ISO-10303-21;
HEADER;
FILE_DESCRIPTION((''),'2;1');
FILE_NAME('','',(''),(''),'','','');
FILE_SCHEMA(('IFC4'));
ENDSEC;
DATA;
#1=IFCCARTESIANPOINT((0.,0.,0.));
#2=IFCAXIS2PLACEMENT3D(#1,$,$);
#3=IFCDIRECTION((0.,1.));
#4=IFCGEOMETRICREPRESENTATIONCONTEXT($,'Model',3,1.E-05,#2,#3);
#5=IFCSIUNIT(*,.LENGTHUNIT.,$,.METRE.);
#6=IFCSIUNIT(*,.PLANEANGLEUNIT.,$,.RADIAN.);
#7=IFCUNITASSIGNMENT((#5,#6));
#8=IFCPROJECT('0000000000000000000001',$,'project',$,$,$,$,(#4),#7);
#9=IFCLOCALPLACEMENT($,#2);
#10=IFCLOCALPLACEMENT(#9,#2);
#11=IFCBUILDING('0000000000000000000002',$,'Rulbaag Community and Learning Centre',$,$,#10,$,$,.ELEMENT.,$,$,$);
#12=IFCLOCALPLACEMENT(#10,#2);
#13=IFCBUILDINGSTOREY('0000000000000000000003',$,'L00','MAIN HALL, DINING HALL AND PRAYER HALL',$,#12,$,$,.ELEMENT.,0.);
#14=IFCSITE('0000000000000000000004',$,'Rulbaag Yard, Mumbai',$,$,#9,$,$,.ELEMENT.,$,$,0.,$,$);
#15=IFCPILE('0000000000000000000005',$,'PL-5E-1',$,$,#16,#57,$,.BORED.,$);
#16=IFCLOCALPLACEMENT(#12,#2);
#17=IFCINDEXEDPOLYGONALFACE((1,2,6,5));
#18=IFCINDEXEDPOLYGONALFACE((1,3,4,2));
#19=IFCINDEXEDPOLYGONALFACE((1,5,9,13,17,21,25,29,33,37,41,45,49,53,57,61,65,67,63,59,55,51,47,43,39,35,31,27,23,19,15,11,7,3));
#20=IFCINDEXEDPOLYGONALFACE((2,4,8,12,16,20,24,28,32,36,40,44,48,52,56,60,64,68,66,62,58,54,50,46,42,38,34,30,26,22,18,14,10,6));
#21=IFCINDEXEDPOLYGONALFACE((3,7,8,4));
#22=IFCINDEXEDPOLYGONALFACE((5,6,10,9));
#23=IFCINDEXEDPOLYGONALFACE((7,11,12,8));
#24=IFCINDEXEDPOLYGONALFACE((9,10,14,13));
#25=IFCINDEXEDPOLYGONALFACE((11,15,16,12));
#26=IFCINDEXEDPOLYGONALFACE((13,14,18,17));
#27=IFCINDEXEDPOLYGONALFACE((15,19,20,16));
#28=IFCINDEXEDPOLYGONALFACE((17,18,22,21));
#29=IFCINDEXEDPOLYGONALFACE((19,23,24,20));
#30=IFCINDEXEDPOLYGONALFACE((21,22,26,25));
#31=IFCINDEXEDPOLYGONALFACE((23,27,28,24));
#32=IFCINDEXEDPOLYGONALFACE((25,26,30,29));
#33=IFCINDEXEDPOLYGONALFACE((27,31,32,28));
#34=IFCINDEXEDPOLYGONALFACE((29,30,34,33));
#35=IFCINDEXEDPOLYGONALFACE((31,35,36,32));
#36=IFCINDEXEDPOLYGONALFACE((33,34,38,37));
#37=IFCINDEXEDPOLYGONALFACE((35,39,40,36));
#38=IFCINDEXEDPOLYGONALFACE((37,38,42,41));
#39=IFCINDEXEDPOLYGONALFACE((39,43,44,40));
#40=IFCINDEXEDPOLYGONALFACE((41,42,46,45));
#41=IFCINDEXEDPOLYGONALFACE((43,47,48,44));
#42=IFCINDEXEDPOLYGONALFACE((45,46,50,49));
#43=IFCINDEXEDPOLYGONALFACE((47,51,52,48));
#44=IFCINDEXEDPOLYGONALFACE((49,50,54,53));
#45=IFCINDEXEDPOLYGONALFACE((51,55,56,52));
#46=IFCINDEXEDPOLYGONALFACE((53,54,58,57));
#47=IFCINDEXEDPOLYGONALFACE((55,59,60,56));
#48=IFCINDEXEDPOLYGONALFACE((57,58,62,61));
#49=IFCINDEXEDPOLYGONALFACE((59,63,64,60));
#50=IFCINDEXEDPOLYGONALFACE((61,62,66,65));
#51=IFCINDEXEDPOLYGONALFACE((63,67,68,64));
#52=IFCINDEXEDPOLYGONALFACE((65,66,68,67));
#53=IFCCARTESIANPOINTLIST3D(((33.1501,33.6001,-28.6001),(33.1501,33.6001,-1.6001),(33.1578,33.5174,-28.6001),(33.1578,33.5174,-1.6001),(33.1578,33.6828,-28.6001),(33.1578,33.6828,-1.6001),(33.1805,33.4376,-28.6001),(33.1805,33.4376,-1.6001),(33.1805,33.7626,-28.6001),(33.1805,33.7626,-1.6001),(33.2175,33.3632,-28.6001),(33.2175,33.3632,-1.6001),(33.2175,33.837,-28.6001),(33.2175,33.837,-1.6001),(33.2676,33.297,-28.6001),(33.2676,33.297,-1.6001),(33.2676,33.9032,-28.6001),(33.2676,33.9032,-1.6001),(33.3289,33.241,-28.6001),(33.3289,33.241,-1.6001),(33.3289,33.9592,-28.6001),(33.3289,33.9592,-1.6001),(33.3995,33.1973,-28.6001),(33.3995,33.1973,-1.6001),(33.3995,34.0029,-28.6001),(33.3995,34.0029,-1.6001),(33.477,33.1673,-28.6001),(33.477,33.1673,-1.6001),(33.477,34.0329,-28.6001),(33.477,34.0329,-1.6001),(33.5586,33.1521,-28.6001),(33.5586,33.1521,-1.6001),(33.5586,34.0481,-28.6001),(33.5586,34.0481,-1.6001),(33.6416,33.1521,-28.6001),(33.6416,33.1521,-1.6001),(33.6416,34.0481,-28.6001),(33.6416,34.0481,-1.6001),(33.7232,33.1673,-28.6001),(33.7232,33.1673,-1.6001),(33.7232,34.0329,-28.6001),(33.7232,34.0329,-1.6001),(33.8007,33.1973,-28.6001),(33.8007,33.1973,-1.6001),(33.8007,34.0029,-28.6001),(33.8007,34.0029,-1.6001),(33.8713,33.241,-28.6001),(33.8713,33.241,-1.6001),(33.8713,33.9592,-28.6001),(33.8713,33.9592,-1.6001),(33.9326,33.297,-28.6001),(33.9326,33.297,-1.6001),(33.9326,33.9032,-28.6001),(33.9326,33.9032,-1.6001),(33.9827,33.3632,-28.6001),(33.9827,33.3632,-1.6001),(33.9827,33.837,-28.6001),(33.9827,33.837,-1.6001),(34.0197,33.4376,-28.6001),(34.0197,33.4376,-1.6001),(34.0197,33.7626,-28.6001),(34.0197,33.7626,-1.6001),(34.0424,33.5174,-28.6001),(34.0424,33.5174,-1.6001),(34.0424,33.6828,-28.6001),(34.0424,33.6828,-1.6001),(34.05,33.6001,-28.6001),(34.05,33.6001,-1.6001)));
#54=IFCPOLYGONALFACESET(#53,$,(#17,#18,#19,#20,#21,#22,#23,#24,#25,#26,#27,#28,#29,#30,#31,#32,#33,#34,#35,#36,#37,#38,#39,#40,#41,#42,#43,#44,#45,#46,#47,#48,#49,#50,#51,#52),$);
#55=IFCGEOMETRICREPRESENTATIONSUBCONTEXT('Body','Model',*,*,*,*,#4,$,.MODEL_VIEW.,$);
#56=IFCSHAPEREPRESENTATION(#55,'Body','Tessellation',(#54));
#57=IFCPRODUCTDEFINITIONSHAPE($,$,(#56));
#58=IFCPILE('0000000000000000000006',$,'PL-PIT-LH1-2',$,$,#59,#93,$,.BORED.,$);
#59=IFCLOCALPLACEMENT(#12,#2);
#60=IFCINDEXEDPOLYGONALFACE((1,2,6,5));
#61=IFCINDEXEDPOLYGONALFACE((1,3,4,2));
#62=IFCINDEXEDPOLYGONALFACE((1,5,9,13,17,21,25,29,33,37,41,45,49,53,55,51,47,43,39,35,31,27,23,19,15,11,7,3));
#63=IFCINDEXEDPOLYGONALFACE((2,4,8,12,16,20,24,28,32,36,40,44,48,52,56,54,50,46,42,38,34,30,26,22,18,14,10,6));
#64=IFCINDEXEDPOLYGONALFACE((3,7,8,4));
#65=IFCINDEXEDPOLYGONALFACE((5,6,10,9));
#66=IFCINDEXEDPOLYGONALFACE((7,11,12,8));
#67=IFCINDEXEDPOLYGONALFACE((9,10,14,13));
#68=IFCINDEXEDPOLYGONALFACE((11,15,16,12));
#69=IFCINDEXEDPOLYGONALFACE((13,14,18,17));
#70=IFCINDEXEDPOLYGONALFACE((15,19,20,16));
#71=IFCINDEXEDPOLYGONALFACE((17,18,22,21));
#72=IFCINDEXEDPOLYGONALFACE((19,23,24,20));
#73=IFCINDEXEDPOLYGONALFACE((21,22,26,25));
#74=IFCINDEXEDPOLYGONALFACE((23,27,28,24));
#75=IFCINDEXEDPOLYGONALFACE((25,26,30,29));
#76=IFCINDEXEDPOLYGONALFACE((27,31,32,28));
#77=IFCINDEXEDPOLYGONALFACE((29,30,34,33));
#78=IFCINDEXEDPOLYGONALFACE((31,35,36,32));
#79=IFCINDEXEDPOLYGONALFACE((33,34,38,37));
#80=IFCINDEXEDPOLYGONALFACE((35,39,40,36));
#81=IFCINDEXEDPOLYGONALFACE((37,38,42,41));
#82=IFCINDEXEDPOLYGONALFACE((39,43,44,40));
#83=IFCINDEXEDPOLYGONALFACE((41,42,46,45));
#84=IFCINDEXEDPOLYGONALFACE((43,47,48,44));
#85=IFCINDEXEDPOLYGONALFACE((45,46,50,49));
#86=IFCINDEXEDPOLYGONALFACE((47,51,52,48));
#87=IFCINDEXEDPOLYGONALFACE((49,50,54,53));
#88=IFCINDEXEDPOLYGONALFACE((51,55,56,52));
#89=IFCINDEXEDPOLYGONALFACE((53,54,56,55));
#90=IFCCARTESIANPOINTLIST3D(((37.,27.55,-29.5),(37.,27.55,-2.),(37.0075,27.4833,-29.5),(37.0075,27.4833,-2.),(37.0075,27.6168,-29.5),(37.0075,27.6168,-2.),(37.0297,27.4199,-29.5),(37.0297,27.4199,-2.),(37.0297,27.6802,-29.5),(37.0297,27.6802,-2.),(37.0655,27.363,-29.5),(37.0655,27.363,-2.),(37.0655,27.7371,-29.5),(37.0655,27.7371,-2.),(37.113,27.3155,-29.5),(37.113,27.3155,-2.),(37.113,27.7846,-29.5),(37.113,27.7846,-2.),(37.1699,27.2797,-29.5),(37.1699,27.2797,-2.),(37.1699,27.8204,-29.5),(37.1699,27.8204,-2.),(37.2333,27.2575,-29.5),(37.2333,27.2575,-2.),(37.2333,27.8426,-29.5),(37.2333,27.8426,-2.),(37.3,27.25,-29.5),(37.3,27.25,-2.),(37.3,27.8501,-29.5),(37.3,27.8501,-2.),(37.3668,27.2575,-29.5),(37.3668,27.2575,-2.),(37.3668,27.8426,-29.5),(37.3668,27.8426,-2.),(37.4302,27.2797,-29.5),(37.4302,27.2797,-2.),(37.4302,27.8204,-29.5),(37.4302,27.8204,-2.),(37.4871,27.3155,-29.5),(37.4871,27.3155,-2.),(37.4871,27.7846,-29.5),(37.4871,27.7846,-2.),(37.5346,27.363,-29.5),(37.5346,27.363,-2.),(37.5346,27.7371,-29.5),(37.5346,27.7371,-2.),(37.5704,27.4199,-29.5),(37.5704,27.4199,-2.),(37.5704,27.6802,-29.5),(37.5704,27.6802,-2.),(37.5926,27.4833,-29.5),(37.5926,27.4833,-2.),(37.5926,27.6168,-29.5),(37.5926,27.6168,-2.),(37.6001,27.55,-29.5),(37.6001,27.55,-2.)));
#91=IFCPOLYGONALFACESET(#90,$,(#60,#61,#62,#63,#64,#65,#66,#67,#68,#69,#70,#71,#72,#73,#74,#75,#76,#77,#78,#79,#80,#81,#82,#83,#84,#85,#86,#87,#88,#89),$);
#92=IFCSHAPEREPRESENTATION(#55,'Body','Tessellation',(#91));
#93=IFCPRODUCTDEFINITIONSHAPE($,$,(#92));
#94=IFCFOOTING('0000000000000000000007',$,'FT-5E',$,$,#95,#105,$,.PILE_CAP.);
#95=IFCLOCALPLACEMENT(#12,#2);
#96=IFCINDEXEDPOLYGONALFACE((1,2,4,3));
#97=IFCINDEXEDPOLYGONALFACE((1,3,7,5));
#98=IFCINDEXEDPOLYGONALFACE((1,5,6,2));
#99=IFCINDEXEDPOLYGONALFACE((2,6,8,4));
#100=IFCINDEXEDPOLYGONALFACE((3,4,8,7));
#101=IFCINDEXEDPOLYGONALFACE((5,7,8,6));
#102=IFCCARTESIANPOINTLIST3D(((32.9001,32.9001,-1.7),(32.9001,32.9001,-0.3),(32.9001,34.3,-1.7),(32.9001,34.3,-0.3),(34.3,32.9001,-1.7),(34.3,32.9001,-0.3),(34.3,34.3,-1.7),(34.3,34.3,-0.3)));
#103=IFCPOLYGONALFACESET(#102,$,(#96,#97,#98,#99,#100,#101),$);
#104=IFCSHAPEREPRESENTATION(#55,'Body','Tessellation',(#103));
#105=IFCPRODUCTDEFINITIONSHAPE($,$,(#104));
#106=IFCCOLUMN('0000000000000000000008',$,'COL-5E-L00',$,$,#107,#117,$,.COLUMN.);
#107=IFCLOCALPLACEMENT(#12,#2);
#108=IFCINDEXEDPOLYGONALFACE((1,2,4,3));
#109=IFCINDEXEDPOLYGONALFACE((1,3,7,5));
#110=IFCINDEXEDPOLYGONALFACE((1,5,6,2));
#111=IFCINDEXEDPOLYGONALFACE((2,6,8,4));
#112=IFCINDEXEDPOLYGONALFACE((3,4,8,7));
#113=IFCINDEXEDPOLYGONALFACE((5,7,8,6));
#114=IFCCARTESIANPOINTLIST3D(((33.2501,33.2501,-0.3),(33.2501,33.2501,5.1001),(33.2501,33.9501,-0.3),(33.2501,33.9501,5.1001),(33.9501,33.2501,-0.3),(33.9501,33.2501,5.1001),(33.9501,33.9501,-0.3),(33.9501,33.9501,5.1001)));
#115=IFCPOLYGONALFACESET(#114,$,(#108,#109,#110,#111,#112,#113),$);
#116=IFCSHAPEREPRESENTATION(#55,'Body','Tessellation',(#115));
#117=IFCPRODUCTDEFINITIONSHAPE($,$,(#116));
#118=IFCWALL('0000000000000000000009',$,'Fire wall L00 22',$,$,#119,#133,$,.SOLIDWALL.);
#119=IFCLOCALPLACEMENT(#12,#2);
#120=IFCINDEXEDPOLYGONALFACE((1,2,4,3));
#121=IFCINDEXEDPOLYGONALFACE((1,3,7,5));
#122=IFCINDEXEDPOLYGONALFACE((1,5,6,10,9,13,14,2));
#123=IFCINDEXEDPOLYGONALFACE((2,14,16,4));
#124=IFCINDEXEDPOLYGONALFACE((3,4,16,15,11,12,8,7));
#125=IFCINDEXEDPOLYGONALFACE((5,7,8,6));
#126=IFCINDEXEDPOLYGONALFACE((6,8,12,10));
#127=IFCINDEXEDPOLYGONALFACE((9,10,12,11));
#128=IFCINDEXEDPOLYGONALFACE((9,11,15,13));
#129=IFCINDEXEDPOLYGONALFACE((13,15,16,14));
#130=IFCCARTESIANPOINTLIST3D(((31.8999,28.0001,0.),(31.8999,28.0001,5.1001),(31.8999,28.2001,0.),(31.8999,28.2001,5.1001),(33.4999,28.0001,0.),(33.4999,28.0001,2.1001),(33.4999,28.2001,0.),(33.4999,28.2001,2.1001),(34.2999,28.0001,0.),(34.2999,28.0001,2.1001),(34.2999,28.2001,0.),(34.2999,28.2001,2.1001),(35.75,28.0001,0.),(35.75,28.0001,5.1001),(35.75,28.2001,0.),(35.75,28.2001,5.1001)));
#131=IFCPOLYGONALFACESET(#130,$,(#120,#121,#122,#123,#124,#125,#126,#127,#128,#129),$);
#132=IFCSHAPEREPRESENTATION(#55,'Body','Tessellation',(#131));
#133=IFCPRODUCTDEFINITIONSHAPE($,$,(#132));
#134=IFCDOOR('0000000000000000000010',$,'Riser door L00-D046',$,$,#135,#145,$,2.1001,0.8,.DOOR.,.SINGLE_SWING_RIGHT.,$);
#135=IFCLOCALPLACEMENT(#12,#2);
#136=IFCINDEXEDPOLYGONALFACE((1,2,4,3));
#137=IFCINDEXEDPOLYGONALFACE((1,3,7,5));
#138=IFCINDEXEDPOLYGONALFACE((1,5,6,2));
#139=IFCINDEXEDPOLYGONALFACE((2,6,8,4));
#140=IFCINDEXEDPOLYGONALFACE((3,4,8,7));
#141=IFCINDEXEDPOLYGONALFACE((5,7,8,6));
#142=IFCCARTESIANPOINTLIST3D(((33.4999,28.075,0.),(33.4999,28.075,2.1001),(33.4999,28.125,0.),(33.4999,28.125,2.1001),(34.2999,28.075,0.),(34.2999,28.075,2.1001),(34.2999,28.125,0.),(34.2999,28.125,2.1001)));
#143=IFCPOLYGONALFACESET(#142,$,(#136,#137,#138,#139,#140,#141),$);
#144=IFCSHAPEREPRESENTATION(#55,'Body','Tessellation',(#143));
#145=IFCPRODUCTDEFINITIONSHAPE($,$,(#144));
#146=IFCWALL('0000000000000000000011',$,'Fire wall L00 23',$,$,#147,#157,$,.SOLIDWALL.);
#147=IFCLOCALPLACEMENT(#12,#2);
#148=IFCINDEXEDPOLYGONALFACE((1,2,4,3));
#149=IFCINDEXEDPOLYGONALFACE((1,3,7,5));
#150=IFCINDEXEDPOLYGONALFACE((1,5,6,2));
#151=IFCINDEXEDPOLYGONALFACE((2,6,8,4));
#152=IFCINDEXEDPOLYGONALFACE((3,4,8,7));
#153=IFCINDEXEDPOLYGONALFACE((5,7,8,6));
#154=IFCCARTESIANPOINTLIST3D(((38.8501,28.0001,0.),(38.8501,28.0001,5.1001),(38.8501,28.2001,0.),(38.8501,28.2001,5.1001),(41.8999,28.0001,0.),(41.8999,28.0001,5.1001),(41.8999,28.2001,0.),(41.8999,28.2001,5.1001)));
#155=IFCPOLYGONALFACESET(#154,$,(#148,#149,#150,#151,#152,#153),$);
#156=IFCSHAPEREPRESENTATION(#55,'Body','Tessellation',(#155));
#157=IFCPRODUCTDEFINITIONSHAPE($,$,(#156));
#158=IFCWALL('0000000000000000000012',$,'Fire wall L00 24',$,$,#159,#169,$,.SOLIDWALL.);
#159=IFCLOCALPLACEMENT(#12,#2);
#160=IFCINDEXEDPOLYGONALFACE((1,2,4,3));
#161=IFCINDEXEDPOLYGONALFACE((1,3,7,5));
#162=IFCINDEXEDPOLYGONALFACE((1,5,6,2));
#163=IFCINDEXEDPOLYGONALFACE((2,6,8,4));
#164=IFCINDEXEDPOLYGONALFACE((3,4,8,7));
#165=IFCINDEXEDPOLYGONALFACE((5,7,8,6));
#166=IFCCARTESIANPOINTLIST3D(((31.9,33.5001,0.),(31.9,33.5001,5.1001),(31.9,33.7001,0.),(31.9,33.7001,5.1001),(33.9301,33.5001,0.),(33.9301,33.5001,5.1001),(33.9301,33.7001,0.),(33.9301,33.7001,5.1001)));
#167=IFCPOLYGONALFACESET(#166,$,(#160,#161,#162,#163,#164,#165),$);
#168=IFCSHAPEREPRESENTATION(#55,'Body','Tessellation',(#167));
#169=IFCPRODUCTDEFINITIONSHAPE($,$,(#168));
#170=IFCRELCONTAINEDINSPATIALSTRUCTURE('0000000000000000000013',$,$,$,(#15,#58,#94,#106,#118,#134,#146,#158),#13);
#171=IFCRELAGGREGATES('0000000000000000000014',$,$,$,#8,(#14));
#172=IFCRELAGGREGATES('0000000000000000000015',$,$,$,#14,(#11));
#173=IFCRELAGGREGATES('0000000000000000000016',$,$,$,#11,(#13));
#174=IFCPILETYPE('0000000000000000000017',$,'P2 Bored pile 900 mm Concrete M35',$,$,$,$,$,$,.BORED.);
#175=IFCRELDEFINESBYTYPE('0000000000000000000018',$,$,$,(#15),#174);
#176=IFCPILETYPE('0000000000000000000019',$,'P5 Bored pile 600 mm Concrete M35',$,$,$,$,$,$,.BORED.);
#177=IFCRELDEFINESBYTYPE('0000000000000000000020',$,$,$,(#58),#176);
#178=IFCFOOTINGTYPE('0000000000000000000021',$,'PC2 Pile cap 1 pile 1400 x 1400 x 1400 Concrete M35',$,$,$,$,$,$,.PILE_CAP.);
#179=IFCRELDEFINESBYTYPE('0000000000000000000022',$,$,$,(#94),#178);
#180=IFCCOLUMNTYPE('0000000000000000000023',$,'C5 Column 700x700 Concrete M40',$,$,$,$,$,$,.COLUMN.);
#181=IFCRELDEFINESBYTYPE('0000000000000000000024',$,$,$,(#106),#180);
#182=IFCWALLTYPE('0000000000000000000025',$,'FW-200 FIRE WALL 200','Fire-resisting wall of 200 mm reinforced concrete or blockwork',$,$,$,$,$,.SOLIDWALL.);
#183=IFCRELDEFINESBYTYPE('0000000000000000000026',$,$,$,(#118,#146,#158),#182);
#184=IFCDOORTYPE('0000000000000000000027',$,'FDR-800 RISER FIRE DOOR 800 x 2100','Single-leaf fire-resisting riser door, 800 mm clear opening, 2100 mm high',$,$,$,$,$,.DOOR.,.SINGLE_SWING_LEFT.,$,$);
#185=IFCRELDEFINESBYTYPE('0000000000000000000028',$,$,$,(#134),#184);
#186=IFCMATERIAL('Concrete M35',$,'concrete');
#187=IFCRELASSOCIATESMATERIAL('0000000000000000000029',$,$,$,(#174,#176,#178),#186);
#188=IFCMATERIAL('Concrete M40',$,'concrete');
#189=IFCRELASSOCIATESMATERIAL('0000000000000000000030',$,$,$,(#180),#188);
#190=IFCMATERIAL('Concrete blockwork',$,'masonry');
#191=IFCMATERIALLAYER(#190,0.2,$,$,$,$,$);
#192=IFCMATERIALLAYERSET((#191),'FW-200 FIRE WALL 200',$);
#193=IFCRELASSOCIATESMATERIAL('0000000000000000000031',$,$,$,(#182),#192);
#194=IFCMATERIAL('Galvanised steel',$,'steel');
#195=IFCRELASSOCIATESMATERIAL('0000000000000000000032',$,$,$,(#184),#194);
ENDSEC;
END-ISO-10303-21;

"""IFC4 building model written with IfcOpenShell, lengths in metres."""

from ifc_helpers import new_model, si_unit, direction, frame, frame_2d, origin, origin_2d, place, context, subcontext, project, spatial, rectangle, circle, extrude, material, layer, layer_set, material_profile, profile_set, type_object, element, fill, save


model = new_model("IFC4")

# Units and contexts
model_context = context("Model", 3, precision=1e-05, world=origin(), true_north=direction((0.0, 1.0)))
body_context = subcontext(model_context, "Body", "Model", "MODEL_VIEW")
ifc_project = project(units=[si_unit("LENGTHUNIT", "METRE"), si_unit("PLANEANGLEUNIT", "RADIAN")], contexts=[model_context])

# Site, building, storey
site_placement = place(None, origin())
site = spatial("IfcSite", under=ifc_project, at=site_placement, Name="Rulbaag Yard, Mumbai", CompositionType="ELEMENT", RefElevation=0.0)
building_placement = place(site_placement, origin())
building = spatial("IfcBuilding", under=site, at=building_placement, Name="Rulbaag Community and Learning Centre", CompositionType="ELEMENT")
storey_placement = place(building_placement, origin())
storey = spatial("IfcBuildingStorey", under=building, at=storey_placement, Name="L00", Description="MAIN HALL, DINING HALL AND PRAYER HALL", CompositionType="ELEMENT", Elevation=0.0)

# Piles
ifc_material_1 = material(Name="Concrete M35", Category="concrete")
ifc_material_profile_1 = material_profile(ifc_material_1, circle(Radius=0.45, at=origin_2d()), Name="BP900")
ifc_profile_set_1 = profile_set([ifc_material_profile_1], Name="Concrete M35")
pile_type_1 = type_object("IfcPileType", Name="P2 Bored pile 900 mm Concrete M35", PredefinedType="BORED", material=ifc_profile_set_1)
pile_1_placement = place(storey_placement, frame((33.6001, 33.6001, -1.6001), z_axis=(0.0, 0.0, -1.0), x_axis=(1.0, 0.0, 0.0)))
element("IfcPile", 1, at=pile_1_placement, inside=storey, type_object=pile_type_1, Name="PL-5E-1", PredefinedType="BORED", context=body_context, shape_type="SweptSolid", body=[
    extrude(circle(Radius=0.45, at=origin_2d()), origin(), (0.0, 0.0, 1.0), 27.0),
])
ifc_material_profile_2 = material_profile(ifc_material_1, circle(Radius=0.3, at=origin_2d()), Name="BP600")
ifc_profile_set_2 = profile_set([ifc_material_profile_2], Name="Concrete M35")
pile_type_2 = type_object("IfcPileType", Name="P5 Bored pile 600 mm Concrete M35", PredefinedType="BORED", material=ifc_profile_set_2)
pile_2_placement = place(storey_placement, frame((37.3, 27.55, -2.0), z_axis=(0.0, 0.0, -1.0), x_axis=(1.0, 0.0, 0.0)))
element("IfcPile", 2, at=pile_2_placement, inside=storey, type_object=pile_type_2, Name="PL-PIT-LH1-2", PredefinedType="BORED", context=body_context, shape_type="SweptSolid", body=[
    extrude(circle(Radius=0.3, at=origin_2d()), origin(), (0.0, 0.0, 1.0), 27.5),
])

# Footing
footing_type = type_object("IfcFootingType", Name="PC2 Pile cap 1 pile 1400 x 1400 x 1400 Concrete M35", PredefinedType="PILE_CAP", material=ifc_material_1)
footing_placement = place(storey_placement, frame((33.6001, 33.6001, -1.7), z_axis=(0.0, 0.0, 1.0), x_axis=(1.0, 0.0, 0.0)))
element("IfcFooting", 3, at=footing_placement, inside=storey, type_object=footing_type, Name="FT-5E", PredefinedType="PILE_CAP", context=body_context, shape_type="SweptSolid", body=[
    extrude(rectangle(XDim=1.3999, YDim=1.3999, at=origin_2d()), origin(), (0.0, 0.0, 1.0), 1.3999),
])

# Column
ifc_material_2 = material(Name="Concrete M40", Category="concrete")
ifc_material_profile_3 = material_profile(ifc_material_2, rectangle(XDim=0.7, YDim=0.7, at=origin_2d()), Name="RC700x700")
ifc_profile_set_3 = profile_set([ifc_material_profile_3], Name="Concrete M40")
column_type = type_object("IfcColumnType", Name="C5 Column 700x700 Concrete M40", PredefinedType="COLUMN", material=ifc_profile_set_3)
column_placement = place(storey_placement, frame((33.6001, 33.6001, -0.3), z_axis=(0.0, 0.0, 1.0), x_axis=(1.0, 0.0, 0.0)))
element("IfcColumn", 4, at=column_placement, inside=storey, type_object=column_type, Name="COL-5E-L00", PredefinedType="COLUMN", context=body_context, shape_type="SweptSolid", body=[
    extrude(rectangle(XDim=0.7, YDim=0.7, at=origin_2d()), origin(), (0.0, 0.0, 1.0), 5.4001),
])

# Wall, opening, door
ifc_material_3 = material(Name="Concrete blockwork", Category="masonry")
ifc_layer_1 = layer(ifc_material_3, 0.2)
ifc_layer_set_1 = layer_set([ifc_layer_1], Name="FW-200 FIRE WALL 200")
wall_type_1 = type_object("IfcWallType", Name="FW-200 FIRE WALL 200", Description="Fire-resisting wall of 200 mm reinforced concrete or blockwork", PredefinedType="SOLIDWALL", material=ifc_layer_set_1)
wall_1_placement = place(storey_placement, frame((31.8999, 28.1001, 0.0), z_axis=(0.0, 0.0, 1.0), x_axis=(1.0, 0.0, 0.0)))
wall_1 = element("IfcWall", 5, at=wall_1_placement, inside=storey, type_object=wall_type_1, Name="Fire wall L00 22", PredefinedType="SOLIDWALL", context=body_context, shape_type="SweptSolid", body=[
    extrude(rectangle(XDim=3.8501, YDim=0.2, at=frame_2d((1.925, 0.0))), origin(), (0.0, 0.0, 1.0), 5.1001),
])
opening_1_placement = place(wall_1_placement, frame((1.6001, 0.0, 0.0)))
opening_1 = element("IfcOpeningElement", 6, at=opening_1_placement, cuts=wall_1, PredefinedType="OPENING", context=body_context, shape_type="SweptSolid", body=[
    extrude(rectangle(XDim=0.8, YDim=2.1001, at=frame_2d((0.3999, 1.05))), frame((0.0, 0.1099, 0.0), z_axis=(0.0, -1.0, 0.0), x_axis=(1.0, 0.0, 0.0)), (0.0, 0.0, 1.0), 0.22),
])
ifc_material_4 = material(Name="Galvanised steel", Category="steel")
door_type_1 = type_object("IfcDoorType", Name="FDR-800 RISER FIRE DOOR 800 x 2100", Description="Single-leaf fire-resisting riser door, 800 mm clear opening, 2100 mm high", OperationType="SINGLE_SWING_LEFT", PredefinedType="DOOR", material=ifc_material_4)
door_1_placement = place(opening_1_placement, origin())
door_1 = element("IfcDoor", 7, at=door_1_placement, inside=storey, type_object=door_type_1, Name="Riser door L00-D046", OperationType="SINGLE_SWING_RIGHT", OverallHeight=2.1001, OverallWidth=0.8, PredefinedType="DOOR", context=body_context, shape_type="SweptSolid", body=[
    extrude(rectangle(XDim=0.8, YDim=2.1001, at=frame_2d((0.3999, 1.05))), frame((0.0, 0.0249, 0.0), z_axis=(0.0, -1.0, 0.0), x_axis=(1.0, 0.0, 0.0)), (0.0, 0.0, 1.0), 0.05),
])
fill(opening_1, door_1)

# Walls
wall_2_placement = place(storey_placement, frame((38.8501, 28.1001, 0.0), z_axis=(0.0, 0.0, 1.0), x_axis=(1.0, 0.0, 0.0)))
element("IfcWall", 8, at=wall_2_placement, inside=storey, type_object=wall_type_1, Name="Fire wall L00 23", PredefinedType="SOLIDWALL", context=body_context, shape_type="SweptSolid", body=[
    extrude(rectangle(XDim=3.0498, YDim=0.2, at=frame_2d((1.5249, 0.0))), origin(), (0.0, 0.0, 1.0), 5.1001),
])
wall_3_placement = place(storey_placement, frame((31.8999, 33.6001, 0.0), z_axis=(0.0, 0.0, 1.0), x_axis=(1.0, 0.0, 0.0)))
element("IfcWall", 9, at=wall_3_placement, inside=storey, type_object=wall_type_1, Name="Fire wall L00 24", PredefinedType="SOLIDWALL", context=body_context, shape_type="SweptSolid", body=[
    extrude(rectangle(XDim=2.03, YDim=0.2, at=frame_2d((1.0151, 0.0))), origin(), (0.0, 0.0, 1.0), 5.1001),
])

save(model, "model.ifc")
